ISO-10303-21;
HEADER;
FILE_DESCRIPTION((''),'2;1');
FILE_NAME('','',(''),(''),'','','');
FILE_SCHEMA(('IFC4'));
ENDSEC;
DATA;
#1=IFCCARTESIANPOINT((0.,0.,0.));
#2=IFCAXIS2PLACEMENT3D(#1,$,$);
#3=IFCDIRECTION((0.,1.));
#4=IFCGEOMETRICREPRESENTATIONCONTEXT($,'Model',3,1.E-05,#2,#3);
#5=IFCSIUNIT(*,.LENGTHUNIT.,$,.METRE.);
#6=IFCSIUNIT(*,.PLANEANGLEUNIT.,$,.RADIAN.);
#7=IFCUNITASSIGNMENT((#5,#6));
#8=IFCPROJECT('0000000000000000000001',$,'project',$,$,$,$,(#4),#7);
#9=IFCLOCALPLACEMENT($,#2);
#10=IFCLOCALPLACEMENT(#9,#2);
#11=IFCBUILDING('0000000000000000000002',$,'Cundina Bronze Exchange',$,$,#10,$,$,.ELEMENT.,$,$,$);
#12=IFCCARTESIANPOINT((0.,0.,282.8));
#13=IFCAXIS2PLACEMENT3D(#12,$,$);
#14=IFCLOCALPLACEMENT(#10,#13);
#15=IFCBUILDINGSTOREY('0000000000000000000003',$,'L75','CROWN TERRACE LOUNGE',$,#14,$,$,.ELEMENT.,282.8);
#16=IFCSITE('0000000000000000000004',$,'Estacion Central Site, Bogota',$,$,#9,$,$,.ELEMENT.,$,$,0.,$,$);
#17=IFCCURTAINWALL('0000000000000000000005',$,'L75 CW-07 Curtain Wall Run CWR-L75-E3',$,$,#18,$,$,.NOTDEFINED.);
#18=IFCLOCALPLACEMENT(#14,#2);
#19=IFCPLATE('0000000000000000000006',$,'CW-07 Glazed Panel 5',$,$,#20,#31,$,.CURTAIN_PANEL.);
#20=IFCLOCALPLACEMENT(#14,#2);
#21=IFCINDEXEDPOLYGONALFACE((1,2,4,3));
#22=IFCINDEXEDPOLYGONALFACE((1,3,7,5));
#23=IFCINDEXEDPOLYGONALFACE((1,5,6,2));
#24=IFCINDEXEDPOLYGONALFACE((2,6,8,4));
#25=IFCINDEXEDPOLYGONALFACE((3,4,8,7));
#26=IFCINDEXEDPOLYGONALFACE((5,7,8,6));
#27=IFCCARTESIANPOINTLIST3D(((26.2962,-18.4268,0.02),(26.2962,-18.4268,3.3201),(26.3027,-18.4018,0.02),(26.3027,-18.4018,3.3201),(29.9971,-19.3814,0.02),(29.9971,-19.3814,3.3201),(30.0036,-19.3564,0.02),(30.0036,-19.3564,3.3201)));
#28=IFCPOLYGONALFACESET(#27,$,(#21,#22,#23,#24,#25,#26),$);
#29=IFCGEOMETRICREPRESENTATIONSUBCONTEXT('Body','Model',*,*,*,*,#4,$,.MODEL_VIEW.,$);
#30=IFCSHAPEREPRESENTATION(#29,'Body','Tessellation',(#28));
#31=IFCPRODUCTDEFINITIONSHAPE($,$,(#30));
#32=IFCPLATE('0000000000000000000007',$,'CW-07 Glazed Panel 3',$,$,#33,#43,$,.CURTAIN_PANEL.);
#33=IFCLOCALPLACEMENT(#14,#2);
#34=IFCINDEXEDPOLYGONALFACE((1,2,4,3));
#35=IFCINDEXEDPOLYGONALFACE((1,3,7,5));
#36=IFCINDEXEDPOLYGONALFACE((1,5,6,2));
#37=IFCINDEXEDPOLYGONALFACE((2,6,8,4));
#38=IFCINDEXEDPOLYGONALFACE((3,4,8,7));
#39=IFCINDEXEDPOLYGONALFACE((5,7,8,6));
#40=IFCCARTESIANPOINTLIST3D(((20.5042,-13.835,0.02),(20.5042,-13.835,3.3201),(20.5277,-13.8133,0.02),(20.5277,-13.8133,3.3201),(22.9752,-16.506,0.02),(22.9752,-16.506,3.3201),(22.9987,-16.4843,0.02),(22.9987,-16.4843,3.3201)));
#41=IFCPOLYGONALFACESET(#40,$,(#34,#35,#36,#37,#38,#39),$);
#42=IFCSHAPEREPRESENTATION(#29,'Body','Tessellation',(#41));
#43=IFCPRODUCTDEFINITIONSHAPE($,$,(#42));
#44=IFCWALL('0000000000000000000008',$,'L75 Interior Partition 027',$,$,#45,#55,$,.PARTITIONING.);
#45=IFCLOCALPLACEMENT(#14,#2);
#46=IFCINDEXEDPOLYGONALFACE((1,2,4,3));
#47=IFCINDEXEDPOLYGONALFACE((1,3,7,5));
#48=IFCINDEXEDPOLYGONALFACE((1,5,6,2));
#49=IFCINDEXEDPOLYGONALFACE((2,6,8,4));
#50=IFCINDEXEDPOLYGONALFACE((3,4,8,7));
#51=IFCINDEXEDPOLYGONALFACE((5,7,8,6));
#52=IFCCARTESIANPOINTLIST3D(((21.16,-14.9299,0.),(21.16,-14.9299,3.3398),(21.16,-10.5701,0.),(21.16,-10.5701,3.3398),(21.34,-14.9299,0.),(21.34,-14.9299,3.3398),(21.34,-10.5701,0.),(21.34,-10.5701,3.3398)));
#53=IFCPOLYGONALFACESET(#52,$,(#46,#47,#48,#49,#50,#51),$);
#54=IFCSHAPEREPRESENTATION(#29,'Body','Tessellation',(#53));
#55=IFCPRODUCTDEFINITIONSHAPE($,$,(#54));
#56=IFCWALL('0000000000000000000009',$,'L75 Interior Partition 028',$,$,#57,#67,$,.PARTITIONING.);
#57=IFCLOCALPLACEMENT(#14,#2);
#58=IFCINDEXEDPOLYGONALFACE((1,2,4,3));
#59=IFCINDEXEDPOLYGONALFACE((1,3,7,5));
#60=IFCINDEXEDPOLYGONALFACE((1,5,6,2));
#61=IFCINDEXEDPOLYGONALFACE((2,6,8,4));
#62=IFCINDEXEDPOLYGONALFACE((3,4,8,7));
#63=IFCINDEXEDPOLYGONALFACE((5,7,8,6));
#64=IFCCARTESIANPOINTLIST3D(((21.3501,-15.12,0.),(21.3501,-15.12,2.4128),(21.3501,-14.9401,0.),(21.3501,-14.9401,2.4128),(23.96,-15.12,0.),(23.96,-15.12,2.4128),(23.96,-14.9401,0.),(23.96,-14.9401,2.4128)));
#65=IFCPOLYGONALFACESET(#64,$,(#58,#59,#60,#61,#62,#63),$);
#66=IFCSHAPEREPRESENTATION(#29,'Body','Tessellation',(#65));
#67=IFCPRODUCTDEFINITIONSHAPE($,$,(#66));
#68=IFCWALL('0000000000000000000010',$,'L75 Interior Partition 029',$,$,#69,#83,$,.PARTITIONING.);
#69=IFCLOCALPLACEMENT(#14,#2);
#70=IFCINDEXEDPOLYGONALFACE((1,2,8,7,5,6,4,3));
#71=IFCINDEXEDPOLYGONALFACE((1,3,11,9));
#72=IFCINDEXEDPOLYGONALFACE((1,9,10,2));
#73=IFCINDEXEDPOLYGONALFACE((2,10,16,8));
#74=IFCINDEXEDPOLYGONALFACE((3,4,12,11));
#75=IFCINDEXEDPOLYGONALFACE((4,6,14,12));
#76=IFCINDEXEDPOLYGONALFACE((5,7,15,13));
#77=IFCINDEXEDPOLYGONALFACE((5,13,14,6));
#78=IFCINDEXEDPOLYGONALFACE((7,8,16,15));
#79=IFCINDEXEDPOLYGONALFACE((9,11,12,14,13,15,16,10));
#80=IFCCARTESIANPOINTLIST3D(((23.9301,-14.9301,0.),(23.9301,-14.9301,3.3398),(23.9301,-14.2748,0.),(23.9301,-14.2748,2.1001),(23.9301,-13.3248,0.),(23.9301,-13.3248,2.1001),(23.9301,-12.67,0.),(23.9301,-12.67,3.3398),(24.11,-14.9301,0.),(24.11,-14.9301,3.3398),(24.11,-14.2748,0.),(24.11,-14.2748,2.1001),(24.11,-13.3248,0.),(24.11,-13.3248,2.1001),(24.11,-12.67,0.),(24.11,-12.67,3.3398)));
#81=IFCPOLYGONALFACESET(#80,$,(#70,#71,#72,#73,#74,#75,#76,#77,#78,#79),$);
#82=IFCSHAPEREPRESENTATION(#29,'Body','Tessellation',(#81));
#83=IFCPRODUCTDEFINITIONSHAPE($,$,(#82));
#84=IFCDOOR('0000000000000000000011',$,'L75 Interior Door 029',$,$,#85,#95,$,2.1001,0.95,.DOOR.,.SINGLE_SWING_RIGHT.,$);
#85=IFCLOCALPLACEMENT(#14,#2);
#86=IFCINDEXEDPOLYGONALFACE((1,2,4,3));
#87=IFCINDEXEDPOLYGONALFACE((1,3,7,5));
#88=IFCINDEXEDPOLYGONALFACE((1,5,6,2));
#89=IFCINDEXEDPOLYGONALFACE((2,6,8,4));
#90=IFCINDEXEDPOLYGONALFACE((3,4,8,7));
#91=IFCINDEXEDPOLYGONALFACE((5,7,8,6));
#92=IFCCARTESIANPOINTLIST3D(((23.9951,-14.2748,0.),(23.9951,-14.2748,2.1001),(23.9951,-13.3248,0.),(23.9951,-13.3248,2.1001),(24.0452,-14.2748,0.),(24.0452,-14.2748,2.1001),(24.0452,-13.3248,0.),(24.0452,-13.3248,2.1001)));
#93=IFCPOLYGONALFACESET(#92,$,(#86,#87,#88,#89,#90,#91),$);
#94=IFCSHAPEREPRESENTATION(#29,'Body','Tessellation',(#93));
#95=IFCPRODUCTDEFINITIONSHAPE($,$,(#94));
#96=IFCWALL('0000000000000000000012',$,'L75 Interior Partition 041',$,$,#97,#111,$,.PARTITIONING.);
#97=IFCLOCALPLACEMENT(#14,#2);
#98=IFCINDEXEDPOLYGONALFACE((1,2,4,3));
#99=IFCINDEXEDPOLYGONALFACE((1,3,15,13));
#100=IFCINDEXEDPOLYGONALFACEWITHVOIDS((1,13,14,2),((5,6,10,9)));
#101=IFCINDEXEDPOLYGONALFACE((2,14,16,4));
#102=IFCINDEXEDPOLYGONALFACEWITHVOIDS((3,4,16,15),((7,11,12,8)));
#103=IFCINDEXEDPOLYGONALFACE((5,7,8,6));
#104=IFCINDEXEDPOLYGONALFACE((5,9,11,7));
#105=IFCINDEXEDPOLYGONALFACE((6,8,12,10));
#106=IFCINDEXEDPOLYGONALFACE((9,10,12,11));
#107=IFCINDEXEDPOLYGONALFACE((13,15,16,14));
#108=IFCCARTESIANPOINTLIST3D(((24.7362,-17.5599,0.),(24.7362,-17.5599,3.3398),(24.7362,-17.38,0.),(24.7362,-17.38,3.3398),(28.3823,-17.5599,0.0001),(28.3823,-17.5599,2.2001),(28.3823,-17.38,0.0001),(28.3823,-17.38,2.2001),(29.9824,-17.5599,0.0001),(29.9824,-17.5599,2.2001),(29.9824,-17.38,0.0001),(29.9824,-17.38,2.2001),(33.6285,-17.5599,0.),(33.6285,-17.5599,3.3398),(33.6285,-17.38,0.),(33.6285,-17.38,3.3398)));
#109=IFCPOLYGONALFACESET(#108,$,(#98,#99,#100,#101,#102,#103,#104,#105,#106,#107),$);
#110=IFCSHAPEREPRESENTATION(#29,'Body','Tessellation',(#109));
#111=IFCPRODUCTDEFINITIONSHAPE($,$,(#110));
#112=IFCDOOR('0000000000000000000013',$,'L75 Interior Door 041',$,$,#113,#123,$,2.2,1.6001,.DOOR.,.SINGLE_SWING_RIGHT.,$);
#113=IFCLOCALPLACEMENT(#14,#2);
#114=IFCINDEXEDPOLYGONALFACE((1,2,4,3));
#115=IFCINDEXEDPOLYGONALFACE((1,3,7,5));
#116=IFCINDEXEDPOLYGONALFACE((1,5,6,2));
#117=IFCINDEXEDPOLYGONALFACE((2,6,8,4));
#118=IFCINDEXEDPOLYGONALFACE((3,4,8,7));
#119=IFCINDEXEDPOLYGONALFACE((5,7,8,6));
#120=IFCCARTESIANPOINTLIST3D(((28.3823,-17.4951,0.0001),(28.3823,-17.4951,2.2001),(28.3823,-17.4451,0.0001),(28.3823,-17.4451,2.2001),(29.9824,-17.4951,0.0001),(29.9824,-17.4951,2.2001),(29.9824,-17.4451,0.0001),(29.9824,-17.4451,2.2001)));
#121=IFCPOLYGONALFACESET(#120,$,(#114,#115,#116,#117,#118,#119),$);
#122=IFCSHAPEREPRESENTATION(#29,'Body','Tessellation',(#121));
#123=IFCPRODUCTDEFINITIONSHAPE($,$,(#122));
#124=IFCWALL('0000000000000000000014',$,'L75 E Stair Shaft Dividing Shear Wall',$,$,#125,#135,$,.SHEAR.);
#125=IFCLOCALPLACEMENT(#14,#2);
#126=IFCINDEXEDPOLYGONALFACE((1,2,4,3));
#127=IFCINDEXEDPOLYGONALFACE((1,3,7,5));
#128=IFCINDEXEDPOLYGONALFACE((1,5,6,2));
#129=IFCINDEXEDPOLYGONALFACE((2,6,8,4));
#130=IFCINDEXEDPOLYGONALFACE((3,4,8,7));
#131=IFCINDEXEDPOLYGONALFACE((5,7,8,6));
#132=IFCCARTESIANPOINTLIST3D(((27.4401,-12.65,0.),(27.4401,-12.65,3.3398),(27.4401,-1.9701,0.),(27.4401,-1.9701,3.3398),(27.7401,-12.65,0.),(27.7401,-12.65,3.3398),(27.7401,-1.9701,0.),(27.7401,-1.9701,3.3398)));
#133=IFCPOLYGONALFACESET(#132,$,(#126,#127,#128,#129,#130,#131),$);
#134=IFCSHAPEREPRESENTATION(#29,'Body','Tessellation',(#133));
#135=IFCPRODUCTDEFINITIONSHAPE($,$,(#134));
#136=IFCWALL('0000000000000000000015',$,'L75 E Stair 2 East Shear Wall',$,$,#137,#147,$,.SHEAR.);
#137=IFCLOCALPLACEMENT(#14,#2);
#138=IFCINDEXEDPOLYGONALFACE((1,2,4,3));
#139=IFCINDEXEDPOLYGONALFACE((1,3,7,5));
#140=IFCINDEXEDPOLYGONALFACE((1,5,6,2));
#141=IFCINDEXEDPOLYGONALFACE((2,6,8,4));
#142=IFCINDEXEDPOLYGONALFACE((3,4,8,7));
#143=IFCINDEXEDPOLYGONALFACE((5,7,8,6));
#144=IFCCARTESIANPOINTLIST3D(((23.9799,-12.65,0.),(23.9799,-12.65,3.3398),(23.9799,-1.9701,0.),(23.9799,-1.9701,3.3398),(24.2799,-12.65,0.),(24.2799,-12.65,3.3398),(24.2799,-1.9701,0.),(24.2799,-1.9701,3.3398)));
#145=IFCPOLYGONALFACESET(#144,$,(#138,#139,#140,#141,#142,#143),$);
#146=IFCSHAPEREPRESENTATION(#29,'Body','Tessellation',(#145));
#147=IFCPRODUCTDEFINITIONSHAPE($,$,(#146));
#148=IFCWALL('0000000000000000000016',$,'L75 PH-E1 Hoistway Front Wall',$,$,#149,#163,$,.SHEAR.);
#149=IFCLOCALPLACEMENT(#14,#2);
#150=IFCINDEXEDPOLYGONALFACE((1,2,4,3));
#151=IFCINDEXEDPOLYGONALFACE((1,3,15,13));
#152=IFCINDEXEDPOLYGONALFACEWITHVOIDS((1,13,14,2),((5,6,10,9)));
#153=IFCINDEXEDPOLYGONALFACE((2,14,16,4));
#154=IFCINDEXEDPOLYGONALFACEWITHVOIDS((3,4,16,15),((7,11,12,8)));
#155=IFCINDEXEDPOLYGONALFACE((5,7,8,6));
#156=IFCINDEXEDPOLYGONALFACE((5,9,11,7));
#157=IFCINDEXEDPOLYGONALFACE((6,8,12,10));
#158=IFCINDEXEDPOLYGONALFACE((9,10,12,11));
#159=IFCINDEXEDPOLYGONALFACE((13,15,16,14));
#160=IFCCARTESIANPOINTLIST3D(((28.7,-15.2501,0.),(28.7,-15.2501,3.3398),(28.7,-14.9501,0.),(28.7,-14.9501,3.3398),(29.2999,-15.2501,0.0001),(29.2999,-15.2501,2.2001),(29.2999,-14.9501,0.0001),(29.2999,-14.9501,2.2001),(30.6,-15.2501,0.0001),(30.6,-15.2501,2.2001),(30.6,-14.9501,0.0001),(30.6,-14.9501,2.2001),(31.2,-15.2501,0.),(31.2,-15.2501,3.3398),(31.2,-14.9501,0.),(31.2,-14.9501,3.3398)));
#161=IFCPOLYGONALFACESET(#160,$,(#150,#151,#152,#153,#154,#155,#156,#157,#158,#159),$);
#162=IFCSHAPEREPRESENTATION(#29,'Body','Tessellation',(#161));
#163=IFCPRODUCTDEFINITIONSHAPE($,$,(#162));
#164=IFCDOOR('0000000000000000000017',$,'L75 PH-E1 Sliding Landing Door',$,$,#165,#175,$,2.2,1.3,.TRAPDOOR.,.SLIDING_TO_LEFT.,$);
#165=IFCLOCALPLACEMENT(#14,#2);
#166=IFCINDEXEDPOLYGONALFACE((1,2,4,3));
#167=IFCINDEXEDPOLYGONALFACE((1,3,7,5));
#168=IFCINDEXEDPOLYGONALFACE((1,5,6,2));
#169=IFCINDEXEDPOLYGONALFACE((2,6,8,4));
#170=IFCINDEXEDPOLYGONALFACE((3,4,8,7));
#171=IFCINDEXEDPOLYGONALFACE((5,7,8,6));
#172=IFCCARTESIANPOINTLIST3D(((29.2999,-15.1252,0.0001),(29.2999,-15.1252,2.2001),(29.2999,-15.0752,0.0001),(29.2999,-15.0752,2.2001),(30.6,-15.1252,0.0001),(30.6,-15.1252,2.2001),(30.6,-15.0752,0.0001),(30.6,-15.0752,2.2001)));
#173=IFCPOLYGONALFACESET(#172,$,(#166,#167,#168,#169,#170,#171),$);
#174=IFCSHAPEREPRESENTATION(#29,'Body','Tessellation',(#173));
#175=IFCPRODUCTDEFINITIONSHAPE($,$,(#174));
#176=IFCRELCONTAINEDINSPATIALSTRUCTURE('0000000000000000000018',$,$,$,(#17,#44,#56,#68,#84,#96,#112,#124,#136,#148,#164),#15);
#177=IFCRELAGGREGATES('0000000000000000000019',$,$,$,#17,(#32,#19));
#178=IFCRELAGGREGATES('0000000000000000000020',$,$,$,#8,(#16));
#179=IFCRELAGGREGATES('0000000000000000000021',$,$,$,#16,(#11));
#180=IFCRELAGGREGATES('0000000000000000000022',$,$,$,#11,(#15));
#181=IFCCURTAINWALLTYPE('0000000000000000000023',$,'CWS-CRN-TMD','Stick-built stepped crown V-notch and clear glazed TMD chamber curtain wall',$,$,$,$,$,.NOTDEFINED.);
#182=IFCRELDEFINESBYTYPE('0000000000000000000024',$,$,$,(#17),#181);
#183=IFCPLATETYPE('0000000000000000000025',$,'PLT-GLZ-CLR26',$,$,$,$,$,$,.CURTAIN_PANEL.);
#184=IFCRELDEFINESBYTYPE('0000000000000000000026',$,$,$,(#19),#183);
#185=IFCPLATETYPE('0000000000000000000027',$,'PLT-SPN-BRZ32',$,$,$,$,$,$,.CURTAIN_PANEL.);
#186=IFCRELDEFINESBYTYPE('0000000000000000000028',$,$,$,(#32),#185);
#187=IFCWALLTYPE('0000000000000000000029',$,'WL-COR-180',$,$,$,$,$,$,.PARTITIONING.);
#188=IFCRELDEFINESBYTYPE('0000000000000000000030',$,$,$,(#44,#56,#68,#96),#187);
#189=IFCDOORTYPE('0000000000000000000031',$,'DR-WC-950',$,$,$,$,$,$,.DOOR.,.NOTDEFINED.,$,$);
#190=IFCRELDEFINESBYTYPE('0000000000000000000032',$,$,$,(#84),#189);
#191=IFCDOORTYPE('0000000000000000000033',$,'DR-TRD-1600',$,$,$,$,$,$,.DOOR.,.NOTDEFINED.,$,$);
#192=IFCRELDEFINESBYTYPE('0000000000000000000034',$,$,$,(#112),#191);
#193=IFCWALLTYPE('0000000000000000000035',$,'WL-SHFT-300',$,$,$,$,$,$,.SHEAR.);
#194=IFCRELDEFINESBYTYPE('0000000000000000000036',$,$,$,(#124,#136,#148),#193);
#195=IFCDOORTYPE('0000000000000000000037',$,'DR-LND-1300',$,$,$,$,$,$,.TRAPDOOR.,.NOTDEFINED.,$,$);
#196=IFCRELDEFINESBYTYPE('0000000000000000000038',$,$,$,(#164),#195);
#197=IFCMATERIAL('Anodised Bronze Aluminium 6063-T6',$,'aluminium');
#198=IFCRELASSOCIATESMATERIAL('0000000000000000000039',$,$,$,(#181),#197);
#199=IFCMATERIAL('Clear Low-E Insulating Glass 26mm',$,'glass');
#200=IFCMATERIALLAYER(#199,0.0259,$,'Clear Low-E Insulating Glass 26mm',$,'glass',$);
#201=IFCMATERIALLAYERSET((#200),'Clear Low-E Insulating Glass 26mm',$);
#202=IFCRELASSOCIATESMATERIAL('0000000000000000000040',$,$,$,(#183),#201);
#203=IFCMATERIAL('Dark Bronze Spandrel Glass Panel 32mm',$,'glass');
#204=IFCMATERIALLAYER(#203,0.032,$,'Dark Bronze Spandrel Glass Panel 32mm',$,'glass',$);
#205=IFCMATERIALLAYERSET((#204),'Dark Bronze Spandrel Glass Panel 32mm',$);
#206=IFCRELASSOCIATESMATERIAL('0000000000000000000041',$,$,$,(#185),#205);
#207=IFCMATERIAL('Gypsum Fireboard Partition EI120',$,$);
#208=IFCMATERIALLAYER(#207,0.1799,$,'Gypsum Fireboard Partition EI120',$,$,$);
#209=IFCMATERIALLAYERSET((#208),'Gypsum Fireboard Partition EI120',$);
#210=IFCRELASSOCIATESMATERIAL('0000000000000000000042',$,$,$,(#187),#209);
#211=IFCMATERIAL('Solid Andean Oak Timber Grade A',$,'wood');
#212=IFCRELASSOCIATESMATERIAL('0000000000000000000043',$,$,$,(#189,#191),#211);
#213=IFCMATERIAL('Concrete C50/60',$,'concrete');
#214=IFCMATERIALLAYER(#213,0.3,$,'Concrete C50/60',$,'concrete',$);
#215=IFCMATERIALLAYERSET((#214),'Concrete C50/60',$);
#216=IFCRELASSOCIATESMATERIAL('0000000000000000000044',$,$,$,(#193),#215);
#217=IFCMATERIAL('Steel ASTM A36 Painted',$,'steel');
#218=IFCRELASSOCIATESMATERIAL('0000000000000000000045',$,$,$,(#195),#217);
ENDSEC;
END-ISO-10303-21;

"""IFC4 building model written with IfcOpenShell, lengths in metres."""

from ifc_helpers import new_model, si_unit, direction, frame, frame_2d, origin, origin_2d, place, context, subcontext, project, spatial, rectangle, extrude, material, layer, layer_set, type_object, element, fill, aggregate, save


model = new_model("IFC4")

# Units and contexts
model_context = context("Model", 3, precision=1e-05, world=origin(), true_north=direction((0.0, 1.0)))
body_context = subcontext(model_context, "Body", "Model", "MODEL_VIEW")
ifc_project = project(units=[si_unit("LENGTHUNIT", "METRE"), si_unit("PLANEANGLEUNIT", "RADIAN")], contexts=[model_context])

# Site, building, storey
site_placement = place(None, origin())
site = spatial("IfcSite", under=ifc_project, at=site_placement, Name="Estacion Central Site, Bogota", CompositionType="ELEMENT", RefElevation=0.0)
building_placement = place(site_placement, origin())
building = spatial("IfcBuilding", under=site, at=building_placement, Name="Cundina Bronze Exchange", CompositionType="ELEMENT")
storey_placement = place(building_placement, frame((0.0, 0.0, 282.8)))
storey = spatial("IfcBuildingStorey", under=building, at=storey_placement, Name="L75", Description="CROWN TERRACE LOUNGE", CompositionType="ELEMENT", Elevation=282.8)

# Curtain wall, plates
ifc_material_1 = material(Name="Anodised Bronze Aluminium 6063-T6", Category="aluminium")
curtain_wall_type = type_object("IfcCurtainWallType", Name="CWS-CRN-TMD", Description="Stick-built stepped crown V-notch and clear glazed TMD chamber curtain wall", PredefinedType="NOTDEFINED", material=ifc_material_1)
curtain_wall_placement = place(storey_placement, origin())
curtain_wall = element("IfcCurtainWall", 1, at=curtain_wall_placement, inside=storey, type_object=curtain_wall_type, Name="L75 CW-07 Curtain Wall Run CWR-L75-E3", PredefinedType="NOTDEFINED")
ifc_material_2 = material(Name="Clear Low-E Insulating Glass 26mm", Category="glass")
ifc_layer_1 = layer(ifc_material_2, 0.0259, Name="Clear Low-E Insulating Glass 26mm", Category="glass")
ifc_layer_set_1 = layer_set([ifc_layer_1], Name="Clear Low-E Insulating Glass 26mm")
plate_type_1 = type_object("IfcPlateType", Name="PLT-GLZ-CLR26", PredefinedType="CURTAIN_PANEL", material=ifc_layer_set_1)
plate_1_placement = place(storey_placement, frame((28.1499, -18.8916, 0.02), z_axis=(0.0, 0.0, 1.0), x_axis=(0.968309, -0.249755, 0.0)))
plate_1 = element("IfcPlate", 2, at=plate_1_placement, type_object=plate_type_1, Name="CW-07 Glazed Panel 5", PredefinedType="CURTAIN_PANEL", context=body_context, shape_type="SweptSolid", body=[
    extrude(rectangle(XDim=3.822, YDim=0.0259, at=origin_2d()), origin(), (0.0, 0.0, 1.0), 3.3),
])
ifc_material_3 = material(Name="Dark Bronze Spandrel Glass Panel 32mm", Category="glass")
ifc_layer_2 = layer(ifc_material_3, 0.032, Name="Dark Bronze Spandrel Glass Panel 32mm", Category="glass")
ifc_layer_set_2 = layer_set([ifc_layer_2], Name="Dark Bronze Spandrel Glass Panel 32mm")
plate_type_2 = type_object("IfcPlateType", Name="PLT-SPN-BRZ32", PredefinedType="CURTAIN_PANEL", material=ifc_layer_set_2)
plate_2_placement = place(storey_placement, frame((21.7515, -15.1597, 0.02), z_axis=(0.0, 0.0, 1.0), x_axis=(0.679083, -0.734062, 0.0)))
plate_2 = element("IfcPlate", 3, at=plate_2_placement, type_object=plate_type_2, Name="CW-07 Glazed Panel 3", PredefinedType="CURTAIN_PANEL", context=body_context, shape_type="SweptSolid", body=[
    extrude(rectangle(XDim=3.6387, YDim=0.032, at=origin_2d()), origin(), (0.0, 0.0, 1.0), 3.3),
])
aggregate(curtain_wall, [plate_2, plate_1])

# Walls
ifc_material_4 = material(Name="Gypsum Fireboard Partition EI120")
ifc_layer_3 = layer(ifc_material_4, 0.1799, Name="Gypsum Fireboard Partition EI120")
ifc_layer_set_3 = layer_set([ifc_layer_3], Name="Gypsum Fireboard Partition EI120")
wall_type_1 = type_object("IfcWallType", Name="WL-COR-180", PredefinedType="PARTITIONING", material=ifc_layer_set_3)
wall_1_placement = place(storey_placement, frame((21.25, -14.9299, 0.0), z_axis=(0.0, 0.0, 1.0), x_axis=(0.0, 1.0, 0.0)))
element("IfcWall", 4, at=wall_1_placement, inside=storey, type_object=wall_type_1, Name="L75 Interior Partition 027", PredefinedType="PARTITIONING", context=body_context, shape_type="SweptSolid", body=[
    extrude(rectangle(XDim=4.3599, YDim=0.1799, at=frame_2d((2.1799, 0.0))), origin(), (0.0, 0.0, 1.0), 3.3398),
])
wall_2_placement = place(storey_placement, frame((21.3501, -15.03, 0.0), z_axis=(0.0, 0.0, 1.0), x_axis=(1.0, 0.0, 0.0)))
element("IfcWall", 5, at=wall_2_placement, inside=storey, type_object=wall_type_1, Name="L75 Interior Partition 028", PredefinedType="PARTITIONING", context=body_context, shape_type="SweptSolid", body=[
    extrude(rectangle(XDim=2.6099, YDim=0.1799, at=frame_2d((1.3049, 0.0))), origin(), (0.0, 0.0, 1.0), 2.4128),
])

# Walls, openings, doors
wall_3_placement = place(storey_placement, frame((24.02, -14.9299, 0.0), z_axis=(0.0, 0.0, 1.0), x_axis=(0.0, 1.0, 0.0)))
wall_3 = element("IfcWall", 6, at=wall_3_placement, inside=storey, type_object=wall_type_1, Name="L75 Interior Partition 029", PredefinedType="PARTITIONING", context=body_context, shape_type="SweptSolid", body=[
    extrude(rectangle(XDim=2.26, YDim=0.1799, at=frame_2d((1.1299, 0.0))), origin(), (0.0, 0.0, 1.0), 3.3398),
])
opening_1_placement = place(wall_3_placement, frame((0.655, 0.0, 0.0)))
opening_1 = element("IfcOpeningElement", 7, at=opening_1_placement, cuts=wall_3, PredefinedType="OPENING", context=body_context, shape_type="SweptSolid", body=[
    extrude(rectangle(XDim=0.95, YDim=2.1001, at=frame_2d((0.4751, 1.05))), frame((0.0, 0.0999, 0.0), z_axis=(0.0, -1.0, 0.0), x_axis=(1.0, 0.0, 0.0)), (0.0, 0.0, 1.0), 0.2),
])
ifc_material_5 = material(Name="Solid Andean Oak Timber Grade A", Category="wood")
door_type_1 = type_object("IfcDoorType", Name="DR-WC-950", OperationType="NOTDEFINED", PredefinedType="DOOR", material=ifc_material_5)
door_1_placement = place(opening_1_placement, origin())
door_1 = element("IfcDoor", 8, at=door_1_placement, inside=storey, type_object=door_type_1, Name="L75 Interior Door 029", OperationType="SINGLE_SWING_RIGHT", OverallHeight=2.1001, OverallWidth=0.95, PredefinedType="DOOR", context=body_context, shape_type="SweptSolid", body=[
    extrude(rectangle(XDim=0.95, YDim=2.1001, at=frame_2d((0.4751, 1.05))), frame((0.0, 0.0249, 0.0), z_axis=(0.0, -1.0, 0.0), x_axis=(1.0, 0.0, 0.0)), (0.0, 0.0, 1.0), 0.05),
])
fill(opening_1, door_1)
wall_4_placement = place(storey_placement, frame((24.7361, -17.47, 0.0), z_axis=(0.0, 0.0, 1.0), x_axis=(1.0, 0.0, 0.0)))
wall_4 = element("IfcWall", 9, at=wall_4_placement, inside=storey, type_object=wall_type_1, Name="L75 Interior Partition 041", PredefinedType="PARTITIONING", context=body_context, shape_type="SweptSolid", body=[
    extrude(rectangle(XDim=8.8923, YDim=0.1799, at=frame_2d((4.4463, 0.0))), origin(), (0.0, 0.0, 1.0), 3.3398),
])
opening_2_placement = place(wall_4_placement, frame((3.6462, 0.0, 0.0)))
opening_2 = element("IfcOpeningElement", 10, at=opening_2_placement, cuts=wall_4, PredefinedType="OPENING", context=body_context, shape_type="SweptSolid", body=[
    extrude(rectangle(XDim=1.6001, YDim=2.2, at=frame_2d((0.8, 1.1001))), frame((0.0, 0.0999, 0.0), z_axis=(0.0, -1.0, 0.0), x_axis=(1.0, 0.0, 0.0)), (0.0, 0.0, 1.0), 0.2),
])
door_type_2 = type_object("IfcDoorType", Name="DR-TRD-1600", OperationType="NOTDEFINED", PredefinedType="DOOR", material=ifc_material_5)
door_2_placement = place(opening_2_placement, origin())
door_2 = element("IfcDoor", 11, at=door_2_placement, inside=storey, type_object=door_type_2, Name="L75 Interior Door 041", OperationType="SINGLE_SWING_RIGHT", OverallHeight=2.2, OverallWidth=1.6001, PredefinedType="DOOR", context=body_context, shape_type="SweptSolid", body=[
    extrude(rectangle(XDim=1.6001, YDim=2.2, at=frame_2d((0.8, 1.1001))), frame((0.0, 0.0249, 0.0), z_axis=(0.0, -1.0, 0.0), x_axis=(1.0, 0.0, 0.0)), (0.0, 0.0, 1.0), 0.05),
])
fill(opening_2, door_2)

# Walls
ifc_material_6 = material(Name="Concrete C50/60", Category="concrete")
ifc_layer_4 = layer(ifc_material_6, 0.3, Name="Concrete C50/60", Category="concrete")
ifc_layer_set_4 = layer_set([ifc_layer_4], Name="Concrete C50/60")
wall_type_2 = type_object("IfcWallType", Name="WL-SHFT-300", PredefinedType="SHEAR", material=ifc_layer_set_4)
for number, where, z_axis, x_axis, name in (
    (12, (27.5901, -12.6499, 0.0), (0.0, 0.0, 1.0), (0.0, 1.0, 0.0), "L75 E Stair Shaft Dividing Shear Wall"),
    (13, (24.1299, -12.6499, 0.0), (0.0, 0.0, 1.0), (0.0, 1.0, 0.0), "L75 E Stair 2 East Shear Wall"),
):
    element("IfcWall", number, at=place(storey_placement, frame(where, z_axis=z_axis, x_axis=x_axis)), inside=storey, type_object=wall_type_2, Name=name, PredefinedType="SHEAR", context=body_context, shape_type="SweptSolid", body=[
        extrude(rectangle(XDim=10.6799, YDim=0.3, at=frame_2d((5.3398, 0.0))), origin(), (0.0, 0.0, 1.0), 3.3398),
    ])

# Wall, opening, door
wall_5_placement = place(storey_placement, frame((28.7, -15.1001, 0.0), z_axis=(0.0, 0.0, 1.0), x_axis=(1.0, 0.0, 0.0)))
wall_5 = element("IfcWall", 14, at=wall_5_placement, inside=storey, type_object=wall_type_2, Name="L75 PH-E1 Hoistway Front Wall", PredefinedType="SHEAR", context=body_context, shape_type="SweptSolid", body=[
    extrude(rectangle(XDim=2.5, YDim=0.3, at=frame_2d((1.25, 0.0))), origin(), (0.0, 0.0, 1.0), 3.3398),
])
opening_3_placement = place(wall_5_placement, frame((0.6001, 0.0, 0.0)))
opening_3 = element("IfcOpeningElement", 15, at=opening_3_placement, cuts=wall_5, PredefinedType="OPENING", context=body_context, shape_type="SweptSolid", body=[
    extrude(rectangle(XDim=1.3, YDim=2.2, at=frame_2d((0.6499, 1.1001))), frame((0.0, 0.1599, 0.0), z_axis=(0.0, -1.0, 0.0), x_axis=(1.0, 0.0, 0.0)), (0.0, 0.0, 1.0), 0.3201),
])
ifc_material_7 = material(Name="Steel ASTM A36 Painted", Category="steel")
door_type_3 = type_object("IfcDoorType", Name="DR-LND-1300", OperationType="NOTDEFINED", PredefinedType="TRAPDOOR", material=ifc_material_7)
door_3_placement = place(opening_3_placement, origin())
door_3 = element("IfcDoor", 16, at=door_3_placement, inside=storey, type_object=door_type_3, Name="L75 PH-E1 Sliding Landing Door", OperationType="SLIDING_TO_LEFT", OverallHeight=2.2, OverallWidth=1.3, PredefinedType="TRAPDOOR", context=body_context, shape_type="SweptSolid", body=[
    extrude(rectangle(XDim=1.3, YDim=2.2, at=frame_2d((0.6499, 1.1001))), frame((0.0, 0.0249, 0.0), z_axis=(0.0, -1.0, 0.0), x_axis=(1.0, 0.0, 0.0)), (0.0, 0.0, 1.0), 0.05),
])
fill(opening_3, door_3)

save(model, "model.ifc")
